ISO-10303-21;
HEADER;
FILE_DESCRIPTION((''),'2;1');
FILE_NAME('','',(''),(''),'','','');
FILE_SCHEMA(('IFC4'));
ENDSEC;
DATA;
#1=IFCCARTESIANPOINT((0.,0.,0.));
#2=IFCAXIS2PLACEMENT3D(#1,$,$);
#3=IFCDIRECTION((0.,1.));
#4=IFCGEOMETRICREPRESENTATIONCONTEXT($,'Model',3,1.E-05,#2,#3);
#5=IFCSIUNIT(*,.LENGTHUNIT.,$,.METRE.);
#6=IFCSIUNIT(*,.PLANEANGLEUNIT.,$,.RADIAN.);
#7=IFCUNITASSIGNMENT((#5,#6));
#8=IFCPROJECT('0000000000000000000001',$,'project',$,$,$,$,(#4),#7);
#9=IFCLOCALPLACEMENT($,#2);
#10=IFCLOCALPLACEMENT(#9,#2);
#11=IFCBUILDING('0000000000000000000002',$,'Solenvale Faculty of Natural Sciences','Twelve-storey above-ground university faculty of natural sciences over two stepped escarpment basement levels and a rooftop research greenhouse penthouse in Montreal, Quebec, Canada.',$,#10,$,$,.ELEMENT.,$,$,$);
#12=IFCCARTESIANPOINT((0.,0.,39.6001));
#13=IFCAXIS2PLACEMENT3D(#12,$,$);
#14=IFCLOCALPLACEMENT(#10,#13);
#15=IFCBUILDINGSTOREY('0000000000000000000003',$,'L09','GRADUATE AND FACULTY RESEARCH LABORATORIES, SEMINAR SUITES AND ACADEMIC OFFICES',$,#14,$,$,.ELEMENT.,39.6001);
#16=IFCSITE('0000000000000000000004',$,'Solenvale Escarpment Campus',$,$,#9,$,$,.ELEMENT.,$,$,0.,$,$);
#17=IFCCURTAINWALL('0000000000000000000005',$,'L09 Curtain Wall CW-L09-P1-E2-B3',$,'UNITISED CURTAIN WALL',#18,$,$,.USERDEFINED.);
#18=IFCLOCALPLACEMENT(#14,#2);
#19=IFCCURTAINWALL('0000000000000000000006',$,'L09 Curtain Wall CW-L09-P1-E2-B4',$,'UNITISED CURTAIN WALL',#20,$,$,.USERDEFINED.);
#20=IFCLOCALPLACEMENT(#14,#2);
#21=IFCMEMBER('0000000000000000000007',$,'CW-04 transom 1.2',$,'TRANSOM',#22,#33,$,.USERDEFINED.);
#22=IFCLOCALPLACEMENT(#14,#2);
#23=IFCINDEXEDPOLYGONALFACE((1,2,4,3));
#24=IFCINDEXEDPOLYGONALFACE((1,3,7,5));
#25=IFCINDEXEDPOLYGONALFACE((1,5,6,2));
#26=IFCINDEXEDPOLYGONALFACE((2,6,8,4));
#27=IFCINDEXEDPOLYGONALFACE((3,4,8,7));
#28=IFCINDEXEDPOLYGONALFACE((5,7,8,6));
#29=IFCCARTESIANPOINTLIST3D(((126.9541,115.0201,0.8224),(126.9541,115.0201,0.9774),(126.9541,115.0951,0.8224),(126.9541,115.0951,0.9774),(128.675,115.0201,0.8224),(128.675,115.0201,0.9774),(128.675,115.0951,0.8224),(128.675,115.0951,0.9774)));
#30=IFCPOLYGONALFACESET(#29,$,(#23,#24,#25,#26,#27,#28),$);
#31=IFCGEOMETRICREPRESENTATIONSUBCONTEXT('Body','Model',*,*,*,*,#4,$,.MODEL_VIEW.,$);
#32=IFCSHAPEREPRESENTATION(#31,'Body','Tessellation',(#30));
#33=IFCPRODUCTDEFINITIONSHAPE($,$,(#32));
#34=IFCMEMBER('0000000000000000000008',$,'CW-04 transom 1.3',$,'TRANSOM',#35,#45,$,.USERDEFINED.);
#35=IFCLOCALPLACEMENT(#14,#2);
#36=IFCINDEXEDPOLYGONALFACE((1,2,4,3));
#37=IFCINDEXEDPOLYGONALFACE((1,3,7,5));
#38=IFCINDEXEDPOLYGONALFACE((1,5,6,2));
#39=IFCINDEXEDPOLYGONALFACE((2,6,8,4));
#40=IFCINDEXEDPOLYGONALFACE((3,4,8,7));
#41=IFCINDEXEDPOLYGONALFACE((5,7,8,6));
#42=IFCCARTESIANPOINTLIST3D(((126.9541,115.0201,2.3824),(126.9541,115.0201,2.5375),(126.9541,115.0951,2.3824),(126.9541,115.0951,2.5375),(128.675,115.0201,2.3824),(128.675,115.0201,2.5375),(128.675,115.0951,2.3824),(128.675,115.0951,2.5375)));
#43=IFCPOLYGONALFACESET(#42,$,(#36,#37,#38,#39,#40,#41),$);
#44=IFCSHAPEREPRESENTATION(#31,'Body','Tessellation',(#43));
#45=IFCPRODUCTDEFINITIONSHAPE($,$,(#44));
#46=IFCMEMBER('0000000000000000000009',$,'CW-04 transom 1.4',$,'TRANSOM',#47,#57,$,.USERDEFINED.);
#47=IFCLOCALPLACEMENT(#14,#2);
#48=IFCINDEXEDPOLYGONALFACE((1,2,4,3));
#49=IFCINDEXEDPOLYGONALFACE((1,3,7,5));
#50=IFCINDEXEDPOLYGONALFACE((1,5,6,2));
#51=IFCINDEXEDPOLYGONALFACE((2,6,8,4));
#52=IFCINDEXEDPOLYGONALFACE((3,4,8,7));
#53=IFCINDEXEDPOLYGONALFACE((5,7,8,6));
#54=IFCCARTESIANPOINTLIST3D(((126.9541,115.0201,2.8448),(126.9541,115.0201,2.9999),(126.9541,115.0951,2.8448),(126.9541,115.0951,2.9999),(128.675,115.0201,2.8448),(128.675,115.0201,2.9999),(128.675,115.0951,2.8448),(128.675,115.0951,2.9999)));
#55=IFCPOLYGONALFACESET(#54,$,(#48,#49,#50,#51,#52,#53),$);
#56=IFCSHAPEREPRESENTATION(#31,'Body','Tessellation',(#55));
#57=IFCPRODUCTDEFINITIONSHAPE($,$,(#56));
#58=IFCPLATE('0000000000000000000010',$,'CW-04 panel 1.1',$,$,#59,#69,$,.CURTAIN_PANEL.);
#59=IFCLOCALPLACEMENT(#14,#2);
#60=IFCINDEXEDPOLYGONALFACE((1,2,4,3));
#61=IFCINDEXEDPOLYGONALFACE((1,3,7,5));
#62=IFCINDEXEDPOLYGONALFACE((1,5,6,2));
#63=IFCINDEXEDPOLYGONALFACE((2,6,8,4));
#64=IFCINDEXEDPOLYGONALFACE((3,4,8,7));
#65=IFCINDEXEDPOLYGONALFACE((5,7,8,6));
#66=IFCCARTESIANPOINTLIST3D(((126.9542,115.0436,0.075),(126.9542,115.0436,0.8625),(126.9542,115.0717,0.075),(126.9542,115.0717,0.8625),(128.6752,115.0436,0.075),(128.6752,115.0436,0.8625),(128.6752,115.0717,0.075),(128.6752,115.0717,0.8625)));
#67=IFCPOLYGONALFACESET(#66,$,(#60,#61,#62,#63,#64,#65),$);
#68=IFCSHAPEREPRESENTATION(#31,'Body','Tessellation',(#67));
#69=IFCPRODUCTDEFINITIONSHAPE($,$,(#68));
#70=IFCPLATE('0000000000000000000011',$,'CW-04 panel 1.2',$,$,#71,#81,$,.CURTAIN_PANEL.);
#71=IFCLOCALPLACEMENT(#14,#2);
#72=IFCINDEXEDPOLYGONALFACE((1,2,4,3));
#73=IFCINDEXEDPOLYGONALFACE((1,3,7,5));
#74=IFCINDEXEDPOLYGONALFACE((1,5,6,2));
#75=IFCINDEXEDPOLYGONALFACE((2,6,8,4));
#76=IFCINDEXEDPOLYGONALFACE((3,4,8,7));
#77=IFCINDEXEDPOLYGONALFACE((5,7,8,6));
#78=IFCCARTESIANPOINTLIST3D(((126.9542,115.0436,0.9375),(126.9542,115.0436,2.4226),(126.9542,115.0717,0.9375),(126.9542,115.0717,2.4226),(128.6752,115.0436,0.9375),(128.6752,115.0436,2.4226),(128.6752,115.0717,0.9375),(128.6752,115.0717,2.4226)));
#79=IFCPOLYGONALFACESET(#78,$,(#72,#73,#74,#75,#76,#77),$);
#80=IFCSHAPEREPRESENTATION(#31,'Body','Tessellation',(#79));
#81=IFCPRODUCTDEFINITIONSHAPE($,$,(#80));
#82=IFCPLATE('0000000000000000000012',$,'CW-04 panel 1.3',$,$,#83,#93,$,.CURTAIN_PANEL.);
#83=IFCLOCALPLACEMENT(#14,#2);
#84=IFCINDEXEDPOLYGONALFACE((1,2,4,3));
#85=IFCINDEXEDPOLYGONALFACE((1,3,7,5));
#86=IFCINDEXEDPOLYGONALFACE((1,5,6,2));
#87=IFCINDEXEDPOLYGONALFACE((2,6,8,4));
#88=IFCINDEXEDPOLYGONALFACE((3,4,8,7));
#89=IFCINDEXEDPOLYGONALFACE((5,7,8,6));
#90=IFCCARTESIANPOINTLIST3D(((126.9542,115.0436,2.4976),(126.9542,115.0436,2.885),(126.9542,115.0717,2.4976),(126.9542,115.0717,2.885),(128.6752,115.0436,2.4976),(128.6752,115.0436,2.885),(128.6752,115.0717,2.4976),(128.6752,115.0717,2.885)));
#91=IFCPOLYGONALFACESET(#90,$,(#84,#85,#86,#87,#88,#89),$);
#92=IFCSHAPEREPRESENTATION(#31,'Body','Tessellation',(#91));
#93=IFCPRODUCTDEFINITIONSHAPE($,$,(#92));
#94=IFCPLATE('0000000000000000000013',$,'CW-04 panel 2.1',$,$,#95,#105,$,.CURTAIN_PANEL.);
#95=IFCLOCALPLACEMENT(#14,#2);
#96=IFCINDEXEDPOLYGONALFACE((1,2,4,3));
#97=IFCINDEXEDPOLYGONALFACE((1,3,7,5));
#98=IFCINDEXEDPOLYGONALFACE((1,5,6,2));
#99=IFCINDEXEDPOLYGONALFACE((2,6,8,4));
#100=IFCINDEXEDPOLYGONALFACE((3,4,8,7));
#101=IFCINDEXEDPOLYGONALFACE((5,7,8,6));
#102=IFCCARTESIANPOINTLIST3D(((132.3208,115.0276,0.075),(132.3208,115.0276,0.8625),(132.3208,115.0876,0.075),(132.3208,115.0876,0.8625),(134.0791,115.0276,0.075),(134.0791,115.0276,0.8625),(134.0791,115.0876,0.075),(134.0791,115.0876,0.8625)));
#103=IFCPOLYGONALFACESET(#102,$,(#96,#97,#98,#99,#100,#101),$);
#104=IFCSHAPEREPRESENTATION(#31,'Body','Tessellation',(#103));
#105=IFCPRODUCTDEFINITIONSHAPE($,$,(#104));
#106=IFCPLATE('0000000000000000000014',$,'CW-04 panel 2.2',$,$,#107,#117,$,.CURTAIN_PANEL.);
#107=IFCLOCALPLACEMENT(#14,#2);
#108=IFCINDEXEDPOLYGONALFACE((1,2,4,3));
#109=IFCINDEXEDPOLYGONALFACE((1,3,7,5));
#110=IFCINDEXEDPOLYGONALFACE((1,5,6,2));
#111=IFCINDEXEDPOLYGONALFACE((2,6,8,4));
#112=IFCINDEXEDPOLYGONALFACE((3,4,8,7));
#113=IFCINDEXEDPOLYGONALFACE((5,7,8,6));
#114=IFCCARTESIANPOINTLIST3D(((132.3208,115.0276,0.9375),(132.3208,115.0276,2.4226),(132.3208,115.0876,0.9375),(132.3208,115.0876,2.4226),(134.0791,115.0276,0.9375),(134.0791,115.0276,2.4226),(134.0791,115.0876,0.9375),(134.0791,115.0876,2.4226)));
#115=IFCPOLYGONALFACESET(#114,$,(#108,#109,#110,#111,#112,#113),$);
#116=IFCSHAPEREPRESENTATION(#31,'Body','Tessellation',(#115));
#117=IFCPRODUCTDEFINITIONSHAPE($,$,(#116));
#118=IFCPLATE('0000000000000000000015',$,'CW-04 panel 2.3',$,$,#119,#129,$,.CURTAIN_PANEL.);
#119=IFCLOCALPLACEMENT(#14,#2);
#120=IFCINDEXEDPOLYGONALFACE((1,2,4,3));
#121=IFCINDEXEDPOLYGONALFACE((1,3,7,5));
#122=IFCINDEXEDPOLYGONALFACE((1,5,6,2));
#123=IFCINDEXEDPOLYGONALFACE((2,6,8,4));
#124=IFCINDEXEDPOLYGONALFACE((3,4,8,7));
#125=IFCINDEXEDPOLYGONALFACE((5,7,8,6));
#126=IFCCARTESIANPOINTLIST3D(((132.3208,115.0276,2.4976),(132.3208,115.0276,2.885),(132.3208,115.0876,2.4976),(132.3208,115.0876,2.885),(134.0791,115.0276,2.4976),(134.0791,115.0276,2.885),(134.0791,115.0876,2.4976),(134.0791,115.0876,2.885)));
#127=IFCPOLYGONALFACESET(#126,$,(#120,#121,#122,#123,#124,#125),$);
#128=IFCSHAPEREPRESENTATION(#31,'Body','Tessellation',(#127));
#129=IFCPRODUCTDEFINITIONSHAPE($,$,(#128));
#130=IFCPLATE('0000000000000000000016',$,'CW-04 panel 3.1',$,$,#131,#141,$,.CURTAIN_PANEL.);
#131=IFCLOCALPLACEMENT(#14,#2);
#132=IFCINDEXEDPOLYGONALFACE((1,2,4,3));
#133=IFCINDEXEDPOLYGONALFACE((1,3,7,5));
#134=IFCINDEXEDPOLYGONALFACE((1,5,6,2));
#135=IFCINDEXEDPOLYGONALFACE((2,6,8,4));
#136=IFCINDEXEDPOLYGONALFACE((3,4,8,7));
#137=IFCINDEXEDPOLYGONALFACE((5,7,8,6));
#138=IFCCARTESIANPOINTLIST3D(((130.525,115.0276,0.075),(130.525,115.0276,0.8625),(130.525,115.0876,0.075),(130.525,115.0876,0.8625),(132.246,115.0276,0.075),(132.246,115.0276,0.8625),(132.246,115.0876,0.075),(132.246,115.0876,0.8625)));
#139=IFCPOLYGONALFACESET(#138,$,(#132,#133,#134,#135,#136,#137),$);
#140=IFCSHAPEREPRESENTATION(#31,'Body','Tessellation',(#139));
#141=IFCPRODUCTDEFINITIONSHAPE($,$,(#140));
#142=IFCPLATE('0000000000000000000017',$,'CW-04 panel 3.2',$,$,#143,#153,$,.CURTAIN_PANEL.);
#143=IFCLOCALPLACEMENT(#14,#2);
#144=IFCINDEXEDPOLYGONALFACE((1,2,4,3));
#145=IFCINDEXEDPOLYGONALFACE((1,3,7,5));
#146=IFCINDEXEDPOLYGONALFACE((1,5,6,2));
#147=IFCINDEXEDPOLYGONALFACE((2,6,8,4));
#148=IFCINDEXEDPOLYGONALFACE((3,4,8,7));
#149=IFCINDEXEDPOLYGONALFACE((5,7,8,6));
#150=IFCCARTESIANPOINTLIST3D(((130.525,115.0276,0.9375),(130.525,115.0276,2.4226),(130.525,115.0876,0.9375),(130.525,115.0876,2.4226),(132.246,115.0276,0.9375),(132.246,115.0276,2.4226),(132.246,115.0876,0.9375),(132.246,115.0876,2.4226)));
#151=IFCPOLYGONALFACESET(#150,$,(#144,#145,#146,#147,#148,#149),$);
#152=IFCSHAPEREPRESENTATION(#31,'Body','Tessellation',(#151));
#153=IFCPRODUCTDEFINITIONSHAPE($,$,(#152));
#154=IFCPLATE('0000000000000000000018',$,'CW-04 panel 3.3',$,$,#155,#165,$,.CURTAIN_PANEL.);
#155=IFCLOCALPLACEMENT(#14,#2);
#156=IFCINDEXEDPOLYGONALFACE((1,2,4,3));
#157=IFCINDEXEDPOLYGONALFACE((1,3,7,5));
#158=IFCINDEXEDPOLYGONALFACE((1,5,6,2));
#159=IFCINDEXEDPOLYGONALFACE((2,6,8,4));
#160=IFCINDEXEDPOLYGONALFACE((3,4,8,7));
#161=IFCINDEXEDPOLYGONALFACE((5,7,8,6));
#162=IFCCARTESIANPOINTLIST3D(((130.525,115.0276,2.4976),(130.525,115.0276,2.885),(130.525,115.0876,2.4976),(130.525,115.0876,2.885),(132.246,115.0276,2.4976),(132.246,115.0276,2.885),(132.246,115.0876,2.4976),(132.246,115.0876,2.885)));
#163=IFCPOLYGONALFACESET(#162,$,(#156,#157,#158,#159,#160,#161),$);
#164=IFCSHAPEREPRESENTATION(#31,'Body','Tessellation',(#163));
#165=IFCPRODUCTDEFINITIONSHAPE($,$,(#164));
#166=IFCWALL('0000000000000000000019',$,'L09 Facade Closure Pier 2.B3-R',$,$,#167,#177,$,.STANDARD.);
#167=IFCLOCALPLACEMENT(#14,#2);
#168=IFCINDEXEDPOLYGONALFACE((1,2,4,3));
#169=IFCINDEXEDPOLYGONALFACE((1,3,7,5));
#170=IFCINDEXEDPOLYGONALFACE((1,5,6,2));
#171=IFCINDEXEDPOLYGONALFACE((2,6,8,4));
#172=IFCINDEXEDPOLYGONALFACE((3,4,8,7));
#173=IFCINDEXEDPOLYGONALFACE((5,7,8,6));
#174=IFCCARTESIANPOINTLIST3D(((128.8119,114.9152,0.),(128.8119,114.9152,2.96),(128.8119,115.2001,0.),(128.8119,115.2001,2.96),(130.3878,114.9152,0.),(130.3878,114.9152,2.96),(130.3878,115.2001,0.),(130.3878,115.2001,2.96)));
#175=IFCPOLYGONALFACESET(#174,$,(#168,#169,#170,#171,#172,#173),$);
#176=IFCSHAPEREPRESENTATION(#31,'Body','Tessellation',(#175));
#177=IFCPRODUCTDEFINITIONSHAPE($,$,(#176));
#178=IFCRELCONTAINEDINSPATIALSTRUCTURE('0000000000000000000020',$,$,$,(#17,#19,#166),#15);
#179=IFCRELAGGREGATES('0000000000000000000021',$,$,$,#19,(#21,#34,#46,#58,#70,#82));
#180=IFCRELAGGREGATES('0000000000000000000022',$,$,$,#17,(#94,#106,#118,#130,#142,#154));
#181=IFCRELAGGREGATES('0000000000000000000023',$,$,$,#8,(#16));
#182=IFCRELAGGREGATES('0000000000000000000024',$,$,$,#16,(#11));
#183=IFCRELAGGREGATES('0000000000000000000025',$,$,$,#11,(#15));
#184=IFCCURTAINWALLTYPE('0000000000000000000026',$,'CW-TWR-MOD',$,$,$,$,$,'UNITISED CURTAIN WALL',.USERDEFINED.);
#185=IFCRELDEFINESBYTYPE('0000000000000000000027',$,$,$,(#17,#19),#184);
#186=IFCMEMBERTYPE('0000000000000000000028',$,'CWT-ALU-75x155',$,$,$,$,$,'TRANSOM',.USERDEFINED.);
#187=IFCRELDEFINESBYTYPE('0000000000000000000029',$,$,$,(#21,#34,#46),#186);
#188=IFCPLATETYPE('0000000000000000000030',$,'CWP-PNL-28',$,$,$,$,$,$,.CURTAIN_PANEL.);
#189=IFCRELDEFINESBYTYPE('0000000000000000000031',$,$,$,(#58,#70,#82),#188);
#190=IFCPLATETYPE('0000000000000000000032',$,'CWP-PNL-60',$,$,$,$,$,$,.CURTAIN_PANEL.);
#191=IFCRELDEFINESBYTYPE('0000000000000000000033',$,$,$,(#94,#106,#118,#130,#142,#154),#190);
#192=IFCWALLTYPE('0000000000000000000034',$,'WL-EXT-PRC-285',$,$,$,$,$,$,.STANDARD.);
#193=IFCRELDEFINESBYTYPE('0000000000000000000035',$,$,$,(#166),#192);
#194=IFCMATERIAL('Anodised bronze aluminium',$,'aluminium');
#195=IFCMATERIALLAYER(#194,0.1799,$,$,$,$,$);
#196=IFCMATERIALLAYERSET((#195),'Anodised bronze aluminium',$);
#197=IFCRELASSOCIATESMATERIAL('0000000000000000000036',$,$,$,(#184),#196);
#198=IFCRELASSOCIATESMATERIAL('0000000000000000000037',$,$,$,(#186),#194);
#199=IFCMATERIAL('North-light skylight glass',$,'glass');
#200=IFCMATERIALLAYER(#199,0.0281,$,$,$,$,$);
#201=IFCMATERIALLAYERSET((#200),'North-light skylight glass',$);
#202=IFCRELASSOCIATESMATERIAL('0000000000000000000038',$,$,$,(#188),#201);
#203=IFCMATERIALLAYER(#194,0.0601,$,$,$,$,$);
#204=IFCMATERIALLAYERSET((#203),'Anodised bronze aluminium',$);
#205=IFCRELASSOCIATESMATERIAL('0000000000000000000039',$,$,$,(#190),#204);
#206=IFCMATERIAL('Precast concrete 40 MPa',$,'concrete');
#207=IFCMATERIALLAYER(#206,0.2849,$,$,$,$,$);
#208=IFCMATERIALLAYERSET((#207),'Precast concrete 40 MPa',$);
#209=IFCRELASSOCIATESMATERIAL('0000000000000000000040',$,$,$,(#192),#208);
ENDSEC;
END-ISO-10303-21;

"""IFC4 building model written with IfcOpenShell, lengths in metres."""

from ifc_helpers import new_model, si_unit, direction, frame, frame_2d, origin, origin_2d, place, context, subcontext, project, spatial, rectangle, extrude, material, layer, layer_set, material_profile, profile_set, type_object, element, aggregate, save


model = new_model("IFC4")

# Units and contexts
model_context = context("Model", 3, precision=1e-05, world=origin(), true_north=direction((0.0, 1.0)))
body_context = subcontext(model_context, "Body", "Model", "MODEL_VIEW")
ifc_project = project(units=[si_unit("LENGTHUNIT", "METRE"), si_unit("PLANEANGLEUNIT", "RADIAN")], contexts=[model_context])

# Site, building, storey
site_placement = place(None, origin())
site = spatial("IfcSite", under=ifc_project, at=site_placement, Name="Solenvale Escarpment Campus", CompositionType="ELEMENT", RefElevation=0.0)
building_placement = place(site_placement, origin())
building = spatial("IfcBuilding", under=site, at=building_placement, Name="Solenvale Faculty of Natural Sciences", Description="Twelve-storey above-ground university faculty of natural sciences over two stepped escarpment basement levels and a rooftop research greenhouse penthouse in Montreal, Quebec, Canada.", CompositionType="ELEMENT")
storey_placement = place(building_placement, frame((0.0, 0.0, 39.6001)))
storey = spatial("IfcBuildingStorey", under=building, at=storey_placement, Name="L09", Description="GRADUATE AND FACULTY RESEARCH LABORATORIES, SEMINAR SUITES AND ACADEMIC OFFICES", CompositionType="ELEMENT", Elevation=39.6001)

# Shared definitions
ifc_material_1 = material(Name="Precast concrete 40 MPa", Category="concrete")

# Curtain wall
ifc_material_2 = material(Name="Anodised bronze aluminium", Category="aluminium")
ifc_layer_1 = layer(ifc_material_2, 0.1799)
ifc_layer_set_1 = layer_set([ifc_layer_1], Name="Anodised bronze aluminium")
curtain_wall_type = type_object("IfcCurtainWallType", Name="CW-TWR-MOD", ElementType="UNITISED CURTAIN WALL", PredefinedType="USERDEFINED", material=ifc_layer_set_1)
curtain_wall_1_placement = place(storey_placement, origin())
curtain_wall_1 = element("IfcCurtainWall", 1, at=curtain_wall_1_placement, inside=storey, type_object=curtain_wall_type, Name="L09 Curtain Wall CW-L09-P1-E2-B3", ObjectType="UNITISED CURTAIN WALL", PredefinedType="USERDEFINED")

# Curtain wall
curtain_wall_2_placement = place(storey_placement, origin())
curtain_wall_2 = element("IfcCurtainWall", 2, at=curtain_wall_2_placement, inside=storey, type_object=curtain_wall_type, Name="L09 Curtain Wall CW-L09-P1-E2-B4", ObjectType="UNITISED CURTAIN WALL", PredefinedType="USERDEFINED")

# Members
ifc_material_profile_1 = material_profile(ifc_material_2, rectangle(XDim=0.075, YDim=0.155, at=origin_2d()), Name="ALU-TRN-75x155")
ifc_profile_set_1 = profile_set([ifc_material_profile_1], Name="Anodised bronze aluminium")
member_type_1 = type_object("IfcMemberType", Name="CWT-ALU-75x155", ElementType="TRANSOM", PredefinedType="USERDEFINED", material=ifc_profile_set_1)
member_1_placement = place(storey_placement, frame((128.675, 115.0576, 0.8999), z_axis=(-1.0, 0.0, 0.0), x_axis=(0.0, -1.0, 0.0)))
member_1 = element("IfcMember", 3, at=member_1_placement, type_object=member_type_1, Name="CW-04 transom 1.2", ObjectType="TRANSOM", PredefinedType="USERDEFINED", context=body_context, shape_type="SweptSolid", body=[
    extrude(rectangle(XDim=0.075, YDim=0.155, at=origin_2d()), origin(), (0.0, 0.0, 1.0), 1.7209),
])
member_2_placement = place(storey_placement, frame((128.675, 115.0576, 2.46), z_axis=(-1.0, 0.0, 0.0), x_axis=(0.0, -1.0, 0.0)))
member_2 = element("IfcMember", 4, at=member_2_placement, type_object=member_type_1, Name="CW-04 transom 1.3", ObjectType="TRANSOM", PredefinedType="USERDEFINED", context=body_context, shape_type="SweptSolid", body=[
    extrude(rectangle(XDim=0.075, YDim=0.155, at=origin_2d()), origin(), (0.0, 0.0, 1.0), 1.7209),
])
member_3_placement = place(storey_placement, frame((128.675, 115.0576, 2.9224), z_axis=(-1.0, 0.0, 0.0), x_axis=(0.0, -1.0, 0.0)))
member_3 = element("IfcMember", 5, at=member_3_placement, type_object=member_type_1, Name="CW-04 transom 1.4", ObjectType="TRANSOM", PredefinedType="USERDEFINED", context=body_context, shape_type="SweptSolid", body=[
    extrude(rectangle(XDim=0.075, YDim=0.155, at=origin_2d()), origin(), (0.0, 0.0, 1.0), 1.7209),
])

# Plates
ifc_material_3 = material(Name="North-light skylight glass", Category="glass")
ifc_layer_2 = layer(ifc_material_3, 0.0281)
ifc_layer_set_2 = layer_set([ifc_layer_2], Name="North-light skylight glass")
plate_type_1 = type_object("IfcPlateType", Name="CWP-PNL-28", PredefinedType="CURTAIN_PANEL", material=ifc_layer_set_2)
plate_1_placement = place(storey_placement, frame((127.8147, 115.0576, 0.075), z_axis=(0.0, 0.0, 1.0), x_axis=(-1.0, 0.0, 0.0)))
plate_1 = element("IfcPlate", 6, at=plate_1_placement, type_object=plate_type_1, Name="CW-04 panel 1.1", PredefinedType="CURTAIN_PANEL", context=body_context, shape_type="SweptSolid", body=[
    extrude(rectangle(XDim=1.7209, YDim=0.0281, at=origin_2d()), origin(), (0.0, 0.0, 1.0), 0.7876),
])
plate_2_placement = place(storey_placement, frame((127.8147, 115.0576, 0.9375), z_axis=(0.0, 0.0, 1.0), x_axis=(-1.0, 0.0, 0.0)))
plate_2 = element("IfcPlate", 7, at=plate_2_placement, type_object=plate_type_1, Name="CW-04 panel 1.2", PredefinedType="CURTAIN_PANEL", context=body_context, shape_type="SweptSolid", body=[
    extrude(rectangle(XDim=1.7209, YDim=0.0281, at=origin_2d()), origin(), (0.0, 0.0, 1.0), 1.4851),
])
plate_3_placement = place(storey_placement, frame((127.8147, 115.0576, 2.4976), z_axis=(0.0, 0.0, 1.0), x_axis=(-1.0, 0.0, 0.0)))
plate_3 = element("IfcPlate", 8, at=plate_3_placement, type_object=plate_type_1, Name="CW-04 panel 1.3", PredefinedType="CURTAIN_PANEL", context=body_context, shape_type="SweptSolid", body=[
    extrude(rectangle(XDim=1.7209, YDim=0.0281, at=origin_2d()), origin(), (0.0, 0.0, 1.0), 0.3875),
])
aggregate(curtain_wall_2, [member_1, member_2, member_3, plate_1, plate_2, plate_3])
ifc_layer_3 = layer(ifc_material_2, 0.0601)
ifc_layer_set_3 = layer_set([ifc_layer_3], Name="Anodised bronze aluminium")
plate_type_2 = type_object("IfcPlateType", Name="CWP-PNL-60", PredefinedType="CURTAIN_PANEL", material=ifc_layer_set_3)
plate_4_placement = place(storey_placement, frame((133.2, 115.0576, 0.075), z_axis=(0.0, 0.0, 1.0), x_axis=(-1.0, 0.0, 0.0)))
plate_4 = element("IfcPlate", 9, at=plate_4_placement, type_object=plate_type_2, Name="CW-04 panel 2.1", PredefinedType="CURTAIN_PANEL", context=body_context, shape_type="SweptSolid", body=[
    extrude(rectangle(XDim=1.7583, YDim=0.0601, at=origin_2d()), origin(), (0.0, 0.0, 1.0), 0.7876),
])
plate_5_placement = place(storey_placement, frame((133.2, 115.0576, 0.9375), z_axis=(0.0, 0.0, 1.0), x_axis=(-1.0, 0.0, 0.0)))
plate_5 = element("IfcPlate", 10, at=plate_5_placement, type_object=plate_type_2, Name="CW-04 panel 2.2", PredefinedType="CURTAIN_PANEL", context=body_context, shape_type="SweptSolid", body=[
    extrude(rectangle(XDim=1.7583, YDim=0.0601, at=origin_2d()), origin(), (0.0, 0.0, 1.0), 1.4851),
])
plate_6_placement = place(storey_placement, frame((133.2, 115.0576, 2.4976), z_axis=(0.0, 0.0, 1.0), x_axis=(-1.0, 0.0, 0.0)))
plate_6 = element("IfcPlate", 11, at=plate_6_placement, type_object=plate_type_2, Name="CW-04 panel 2.3", PredefinedType="CURTAIN_PANEL", context=body_context, shape_type="SweptSolid", body=[
    extrude(rectangle(XDim=1.7583, YDim=0.0601, at=origin_2d()), origin(), (0.0, 0.0, 1.0), 0.3875),
])
plate_7_placement = place(storey_placement, frame((131.3855, 115.0576, 0.075), z_axis=(0.0, 0.0, 1.0), x_axis=(-1.0, 0.0, 0.0)))
plate_7 = element("IfcPlate", 12, at=plate_7_placement, type_object=plate_type_2, Name="CW-04 panel 3.1", PredefinedType="CURTAIN_PANEL", context=body_context, shape_type="SweptSolid", body=[
    extrude(rectangle(XDim=1.7209, YDim=0.0601, at=origin_2d()), origin(), (0.0, 0.0, 1.0), 0.7876),
])
plate_8_placement = place(storey_placement, frame((131.3855, 115.0576, 0.9375), z_axis=(0.0, 0.0, 1.0), x_axis=(-1.0, 0.0, 0.0)))
plate_8 = element("IfcPlate", 13, at=plate_8_placement, type_object=plate_type_2, Name="CW-04 panel 3.2", PredefinedType="CURTAIN_PANEL", context=body_context, shape_type="SweptSolid", body=[
    extrude(rectangle(XDim=1.7209, YDim=0.0601, at=origin_2d()), origin(), (0.0, 0.0, 1.0), 1.4851),
])
plate_9_placement = place(storey_placement, frame((131.3855, 115.0576, 2.4976), z_axis=(0.0, 0.0, 1.0), x_axis=(-1.0, 0.0, 0.0)))
plate_9 = element("IfcPlate", 14, at=plate_9_placement, type_object=plate_type_2, Name="CW-04 panel 3.3", PredefinedType="CURTAIN_PANEL", context=body_context, shape_type="SweptSolid", body=[
    extrude(rectangle(XDim=1.7209, YDim=0.0601, at=origin_2d()), origin(), (0.0, 0.0, 1.0), 0.3875),
])
aggregate(curtain_wall_1, [plate_4, plate_5, plate_6, plate_7, plate_8, plate_9])

# Wall
ifc_layer_4 = layer(ifc_material_1, 0.2849)
ifc_layer_set_4 = layer_set([ifc_layer_4], Name="Precast concrete 40 MPa")
wall_type = type_object("IfcWallType", Name="WL-EXT-PRC-285", PredefinedType="STANDARD", material=ifc_layer_set_4)
wall_placement = place(storey_placement, frame((130.3879, 115.0576, 0.0), z_axis=(0.0, 0.0, 1.0), x_axis=(-1.0, 0.0, 0.0)))
element("IfcWall", 15, at=wall_placement, inside=storey, type_object=wall_type, Name="L09 Facade Closure Pier 2.B3-R", PredefinedType="STANDARD", context=body_context, shape_type="SweptSolid", body=[
    extrude(rectangle(XDim=1.5759, YDim=0.2849, at=frame_2d((0.7881, 0.0))), origin(), (0.0, 0.0, 1.0), 2.96),
])

save(model, "model.ifc")
